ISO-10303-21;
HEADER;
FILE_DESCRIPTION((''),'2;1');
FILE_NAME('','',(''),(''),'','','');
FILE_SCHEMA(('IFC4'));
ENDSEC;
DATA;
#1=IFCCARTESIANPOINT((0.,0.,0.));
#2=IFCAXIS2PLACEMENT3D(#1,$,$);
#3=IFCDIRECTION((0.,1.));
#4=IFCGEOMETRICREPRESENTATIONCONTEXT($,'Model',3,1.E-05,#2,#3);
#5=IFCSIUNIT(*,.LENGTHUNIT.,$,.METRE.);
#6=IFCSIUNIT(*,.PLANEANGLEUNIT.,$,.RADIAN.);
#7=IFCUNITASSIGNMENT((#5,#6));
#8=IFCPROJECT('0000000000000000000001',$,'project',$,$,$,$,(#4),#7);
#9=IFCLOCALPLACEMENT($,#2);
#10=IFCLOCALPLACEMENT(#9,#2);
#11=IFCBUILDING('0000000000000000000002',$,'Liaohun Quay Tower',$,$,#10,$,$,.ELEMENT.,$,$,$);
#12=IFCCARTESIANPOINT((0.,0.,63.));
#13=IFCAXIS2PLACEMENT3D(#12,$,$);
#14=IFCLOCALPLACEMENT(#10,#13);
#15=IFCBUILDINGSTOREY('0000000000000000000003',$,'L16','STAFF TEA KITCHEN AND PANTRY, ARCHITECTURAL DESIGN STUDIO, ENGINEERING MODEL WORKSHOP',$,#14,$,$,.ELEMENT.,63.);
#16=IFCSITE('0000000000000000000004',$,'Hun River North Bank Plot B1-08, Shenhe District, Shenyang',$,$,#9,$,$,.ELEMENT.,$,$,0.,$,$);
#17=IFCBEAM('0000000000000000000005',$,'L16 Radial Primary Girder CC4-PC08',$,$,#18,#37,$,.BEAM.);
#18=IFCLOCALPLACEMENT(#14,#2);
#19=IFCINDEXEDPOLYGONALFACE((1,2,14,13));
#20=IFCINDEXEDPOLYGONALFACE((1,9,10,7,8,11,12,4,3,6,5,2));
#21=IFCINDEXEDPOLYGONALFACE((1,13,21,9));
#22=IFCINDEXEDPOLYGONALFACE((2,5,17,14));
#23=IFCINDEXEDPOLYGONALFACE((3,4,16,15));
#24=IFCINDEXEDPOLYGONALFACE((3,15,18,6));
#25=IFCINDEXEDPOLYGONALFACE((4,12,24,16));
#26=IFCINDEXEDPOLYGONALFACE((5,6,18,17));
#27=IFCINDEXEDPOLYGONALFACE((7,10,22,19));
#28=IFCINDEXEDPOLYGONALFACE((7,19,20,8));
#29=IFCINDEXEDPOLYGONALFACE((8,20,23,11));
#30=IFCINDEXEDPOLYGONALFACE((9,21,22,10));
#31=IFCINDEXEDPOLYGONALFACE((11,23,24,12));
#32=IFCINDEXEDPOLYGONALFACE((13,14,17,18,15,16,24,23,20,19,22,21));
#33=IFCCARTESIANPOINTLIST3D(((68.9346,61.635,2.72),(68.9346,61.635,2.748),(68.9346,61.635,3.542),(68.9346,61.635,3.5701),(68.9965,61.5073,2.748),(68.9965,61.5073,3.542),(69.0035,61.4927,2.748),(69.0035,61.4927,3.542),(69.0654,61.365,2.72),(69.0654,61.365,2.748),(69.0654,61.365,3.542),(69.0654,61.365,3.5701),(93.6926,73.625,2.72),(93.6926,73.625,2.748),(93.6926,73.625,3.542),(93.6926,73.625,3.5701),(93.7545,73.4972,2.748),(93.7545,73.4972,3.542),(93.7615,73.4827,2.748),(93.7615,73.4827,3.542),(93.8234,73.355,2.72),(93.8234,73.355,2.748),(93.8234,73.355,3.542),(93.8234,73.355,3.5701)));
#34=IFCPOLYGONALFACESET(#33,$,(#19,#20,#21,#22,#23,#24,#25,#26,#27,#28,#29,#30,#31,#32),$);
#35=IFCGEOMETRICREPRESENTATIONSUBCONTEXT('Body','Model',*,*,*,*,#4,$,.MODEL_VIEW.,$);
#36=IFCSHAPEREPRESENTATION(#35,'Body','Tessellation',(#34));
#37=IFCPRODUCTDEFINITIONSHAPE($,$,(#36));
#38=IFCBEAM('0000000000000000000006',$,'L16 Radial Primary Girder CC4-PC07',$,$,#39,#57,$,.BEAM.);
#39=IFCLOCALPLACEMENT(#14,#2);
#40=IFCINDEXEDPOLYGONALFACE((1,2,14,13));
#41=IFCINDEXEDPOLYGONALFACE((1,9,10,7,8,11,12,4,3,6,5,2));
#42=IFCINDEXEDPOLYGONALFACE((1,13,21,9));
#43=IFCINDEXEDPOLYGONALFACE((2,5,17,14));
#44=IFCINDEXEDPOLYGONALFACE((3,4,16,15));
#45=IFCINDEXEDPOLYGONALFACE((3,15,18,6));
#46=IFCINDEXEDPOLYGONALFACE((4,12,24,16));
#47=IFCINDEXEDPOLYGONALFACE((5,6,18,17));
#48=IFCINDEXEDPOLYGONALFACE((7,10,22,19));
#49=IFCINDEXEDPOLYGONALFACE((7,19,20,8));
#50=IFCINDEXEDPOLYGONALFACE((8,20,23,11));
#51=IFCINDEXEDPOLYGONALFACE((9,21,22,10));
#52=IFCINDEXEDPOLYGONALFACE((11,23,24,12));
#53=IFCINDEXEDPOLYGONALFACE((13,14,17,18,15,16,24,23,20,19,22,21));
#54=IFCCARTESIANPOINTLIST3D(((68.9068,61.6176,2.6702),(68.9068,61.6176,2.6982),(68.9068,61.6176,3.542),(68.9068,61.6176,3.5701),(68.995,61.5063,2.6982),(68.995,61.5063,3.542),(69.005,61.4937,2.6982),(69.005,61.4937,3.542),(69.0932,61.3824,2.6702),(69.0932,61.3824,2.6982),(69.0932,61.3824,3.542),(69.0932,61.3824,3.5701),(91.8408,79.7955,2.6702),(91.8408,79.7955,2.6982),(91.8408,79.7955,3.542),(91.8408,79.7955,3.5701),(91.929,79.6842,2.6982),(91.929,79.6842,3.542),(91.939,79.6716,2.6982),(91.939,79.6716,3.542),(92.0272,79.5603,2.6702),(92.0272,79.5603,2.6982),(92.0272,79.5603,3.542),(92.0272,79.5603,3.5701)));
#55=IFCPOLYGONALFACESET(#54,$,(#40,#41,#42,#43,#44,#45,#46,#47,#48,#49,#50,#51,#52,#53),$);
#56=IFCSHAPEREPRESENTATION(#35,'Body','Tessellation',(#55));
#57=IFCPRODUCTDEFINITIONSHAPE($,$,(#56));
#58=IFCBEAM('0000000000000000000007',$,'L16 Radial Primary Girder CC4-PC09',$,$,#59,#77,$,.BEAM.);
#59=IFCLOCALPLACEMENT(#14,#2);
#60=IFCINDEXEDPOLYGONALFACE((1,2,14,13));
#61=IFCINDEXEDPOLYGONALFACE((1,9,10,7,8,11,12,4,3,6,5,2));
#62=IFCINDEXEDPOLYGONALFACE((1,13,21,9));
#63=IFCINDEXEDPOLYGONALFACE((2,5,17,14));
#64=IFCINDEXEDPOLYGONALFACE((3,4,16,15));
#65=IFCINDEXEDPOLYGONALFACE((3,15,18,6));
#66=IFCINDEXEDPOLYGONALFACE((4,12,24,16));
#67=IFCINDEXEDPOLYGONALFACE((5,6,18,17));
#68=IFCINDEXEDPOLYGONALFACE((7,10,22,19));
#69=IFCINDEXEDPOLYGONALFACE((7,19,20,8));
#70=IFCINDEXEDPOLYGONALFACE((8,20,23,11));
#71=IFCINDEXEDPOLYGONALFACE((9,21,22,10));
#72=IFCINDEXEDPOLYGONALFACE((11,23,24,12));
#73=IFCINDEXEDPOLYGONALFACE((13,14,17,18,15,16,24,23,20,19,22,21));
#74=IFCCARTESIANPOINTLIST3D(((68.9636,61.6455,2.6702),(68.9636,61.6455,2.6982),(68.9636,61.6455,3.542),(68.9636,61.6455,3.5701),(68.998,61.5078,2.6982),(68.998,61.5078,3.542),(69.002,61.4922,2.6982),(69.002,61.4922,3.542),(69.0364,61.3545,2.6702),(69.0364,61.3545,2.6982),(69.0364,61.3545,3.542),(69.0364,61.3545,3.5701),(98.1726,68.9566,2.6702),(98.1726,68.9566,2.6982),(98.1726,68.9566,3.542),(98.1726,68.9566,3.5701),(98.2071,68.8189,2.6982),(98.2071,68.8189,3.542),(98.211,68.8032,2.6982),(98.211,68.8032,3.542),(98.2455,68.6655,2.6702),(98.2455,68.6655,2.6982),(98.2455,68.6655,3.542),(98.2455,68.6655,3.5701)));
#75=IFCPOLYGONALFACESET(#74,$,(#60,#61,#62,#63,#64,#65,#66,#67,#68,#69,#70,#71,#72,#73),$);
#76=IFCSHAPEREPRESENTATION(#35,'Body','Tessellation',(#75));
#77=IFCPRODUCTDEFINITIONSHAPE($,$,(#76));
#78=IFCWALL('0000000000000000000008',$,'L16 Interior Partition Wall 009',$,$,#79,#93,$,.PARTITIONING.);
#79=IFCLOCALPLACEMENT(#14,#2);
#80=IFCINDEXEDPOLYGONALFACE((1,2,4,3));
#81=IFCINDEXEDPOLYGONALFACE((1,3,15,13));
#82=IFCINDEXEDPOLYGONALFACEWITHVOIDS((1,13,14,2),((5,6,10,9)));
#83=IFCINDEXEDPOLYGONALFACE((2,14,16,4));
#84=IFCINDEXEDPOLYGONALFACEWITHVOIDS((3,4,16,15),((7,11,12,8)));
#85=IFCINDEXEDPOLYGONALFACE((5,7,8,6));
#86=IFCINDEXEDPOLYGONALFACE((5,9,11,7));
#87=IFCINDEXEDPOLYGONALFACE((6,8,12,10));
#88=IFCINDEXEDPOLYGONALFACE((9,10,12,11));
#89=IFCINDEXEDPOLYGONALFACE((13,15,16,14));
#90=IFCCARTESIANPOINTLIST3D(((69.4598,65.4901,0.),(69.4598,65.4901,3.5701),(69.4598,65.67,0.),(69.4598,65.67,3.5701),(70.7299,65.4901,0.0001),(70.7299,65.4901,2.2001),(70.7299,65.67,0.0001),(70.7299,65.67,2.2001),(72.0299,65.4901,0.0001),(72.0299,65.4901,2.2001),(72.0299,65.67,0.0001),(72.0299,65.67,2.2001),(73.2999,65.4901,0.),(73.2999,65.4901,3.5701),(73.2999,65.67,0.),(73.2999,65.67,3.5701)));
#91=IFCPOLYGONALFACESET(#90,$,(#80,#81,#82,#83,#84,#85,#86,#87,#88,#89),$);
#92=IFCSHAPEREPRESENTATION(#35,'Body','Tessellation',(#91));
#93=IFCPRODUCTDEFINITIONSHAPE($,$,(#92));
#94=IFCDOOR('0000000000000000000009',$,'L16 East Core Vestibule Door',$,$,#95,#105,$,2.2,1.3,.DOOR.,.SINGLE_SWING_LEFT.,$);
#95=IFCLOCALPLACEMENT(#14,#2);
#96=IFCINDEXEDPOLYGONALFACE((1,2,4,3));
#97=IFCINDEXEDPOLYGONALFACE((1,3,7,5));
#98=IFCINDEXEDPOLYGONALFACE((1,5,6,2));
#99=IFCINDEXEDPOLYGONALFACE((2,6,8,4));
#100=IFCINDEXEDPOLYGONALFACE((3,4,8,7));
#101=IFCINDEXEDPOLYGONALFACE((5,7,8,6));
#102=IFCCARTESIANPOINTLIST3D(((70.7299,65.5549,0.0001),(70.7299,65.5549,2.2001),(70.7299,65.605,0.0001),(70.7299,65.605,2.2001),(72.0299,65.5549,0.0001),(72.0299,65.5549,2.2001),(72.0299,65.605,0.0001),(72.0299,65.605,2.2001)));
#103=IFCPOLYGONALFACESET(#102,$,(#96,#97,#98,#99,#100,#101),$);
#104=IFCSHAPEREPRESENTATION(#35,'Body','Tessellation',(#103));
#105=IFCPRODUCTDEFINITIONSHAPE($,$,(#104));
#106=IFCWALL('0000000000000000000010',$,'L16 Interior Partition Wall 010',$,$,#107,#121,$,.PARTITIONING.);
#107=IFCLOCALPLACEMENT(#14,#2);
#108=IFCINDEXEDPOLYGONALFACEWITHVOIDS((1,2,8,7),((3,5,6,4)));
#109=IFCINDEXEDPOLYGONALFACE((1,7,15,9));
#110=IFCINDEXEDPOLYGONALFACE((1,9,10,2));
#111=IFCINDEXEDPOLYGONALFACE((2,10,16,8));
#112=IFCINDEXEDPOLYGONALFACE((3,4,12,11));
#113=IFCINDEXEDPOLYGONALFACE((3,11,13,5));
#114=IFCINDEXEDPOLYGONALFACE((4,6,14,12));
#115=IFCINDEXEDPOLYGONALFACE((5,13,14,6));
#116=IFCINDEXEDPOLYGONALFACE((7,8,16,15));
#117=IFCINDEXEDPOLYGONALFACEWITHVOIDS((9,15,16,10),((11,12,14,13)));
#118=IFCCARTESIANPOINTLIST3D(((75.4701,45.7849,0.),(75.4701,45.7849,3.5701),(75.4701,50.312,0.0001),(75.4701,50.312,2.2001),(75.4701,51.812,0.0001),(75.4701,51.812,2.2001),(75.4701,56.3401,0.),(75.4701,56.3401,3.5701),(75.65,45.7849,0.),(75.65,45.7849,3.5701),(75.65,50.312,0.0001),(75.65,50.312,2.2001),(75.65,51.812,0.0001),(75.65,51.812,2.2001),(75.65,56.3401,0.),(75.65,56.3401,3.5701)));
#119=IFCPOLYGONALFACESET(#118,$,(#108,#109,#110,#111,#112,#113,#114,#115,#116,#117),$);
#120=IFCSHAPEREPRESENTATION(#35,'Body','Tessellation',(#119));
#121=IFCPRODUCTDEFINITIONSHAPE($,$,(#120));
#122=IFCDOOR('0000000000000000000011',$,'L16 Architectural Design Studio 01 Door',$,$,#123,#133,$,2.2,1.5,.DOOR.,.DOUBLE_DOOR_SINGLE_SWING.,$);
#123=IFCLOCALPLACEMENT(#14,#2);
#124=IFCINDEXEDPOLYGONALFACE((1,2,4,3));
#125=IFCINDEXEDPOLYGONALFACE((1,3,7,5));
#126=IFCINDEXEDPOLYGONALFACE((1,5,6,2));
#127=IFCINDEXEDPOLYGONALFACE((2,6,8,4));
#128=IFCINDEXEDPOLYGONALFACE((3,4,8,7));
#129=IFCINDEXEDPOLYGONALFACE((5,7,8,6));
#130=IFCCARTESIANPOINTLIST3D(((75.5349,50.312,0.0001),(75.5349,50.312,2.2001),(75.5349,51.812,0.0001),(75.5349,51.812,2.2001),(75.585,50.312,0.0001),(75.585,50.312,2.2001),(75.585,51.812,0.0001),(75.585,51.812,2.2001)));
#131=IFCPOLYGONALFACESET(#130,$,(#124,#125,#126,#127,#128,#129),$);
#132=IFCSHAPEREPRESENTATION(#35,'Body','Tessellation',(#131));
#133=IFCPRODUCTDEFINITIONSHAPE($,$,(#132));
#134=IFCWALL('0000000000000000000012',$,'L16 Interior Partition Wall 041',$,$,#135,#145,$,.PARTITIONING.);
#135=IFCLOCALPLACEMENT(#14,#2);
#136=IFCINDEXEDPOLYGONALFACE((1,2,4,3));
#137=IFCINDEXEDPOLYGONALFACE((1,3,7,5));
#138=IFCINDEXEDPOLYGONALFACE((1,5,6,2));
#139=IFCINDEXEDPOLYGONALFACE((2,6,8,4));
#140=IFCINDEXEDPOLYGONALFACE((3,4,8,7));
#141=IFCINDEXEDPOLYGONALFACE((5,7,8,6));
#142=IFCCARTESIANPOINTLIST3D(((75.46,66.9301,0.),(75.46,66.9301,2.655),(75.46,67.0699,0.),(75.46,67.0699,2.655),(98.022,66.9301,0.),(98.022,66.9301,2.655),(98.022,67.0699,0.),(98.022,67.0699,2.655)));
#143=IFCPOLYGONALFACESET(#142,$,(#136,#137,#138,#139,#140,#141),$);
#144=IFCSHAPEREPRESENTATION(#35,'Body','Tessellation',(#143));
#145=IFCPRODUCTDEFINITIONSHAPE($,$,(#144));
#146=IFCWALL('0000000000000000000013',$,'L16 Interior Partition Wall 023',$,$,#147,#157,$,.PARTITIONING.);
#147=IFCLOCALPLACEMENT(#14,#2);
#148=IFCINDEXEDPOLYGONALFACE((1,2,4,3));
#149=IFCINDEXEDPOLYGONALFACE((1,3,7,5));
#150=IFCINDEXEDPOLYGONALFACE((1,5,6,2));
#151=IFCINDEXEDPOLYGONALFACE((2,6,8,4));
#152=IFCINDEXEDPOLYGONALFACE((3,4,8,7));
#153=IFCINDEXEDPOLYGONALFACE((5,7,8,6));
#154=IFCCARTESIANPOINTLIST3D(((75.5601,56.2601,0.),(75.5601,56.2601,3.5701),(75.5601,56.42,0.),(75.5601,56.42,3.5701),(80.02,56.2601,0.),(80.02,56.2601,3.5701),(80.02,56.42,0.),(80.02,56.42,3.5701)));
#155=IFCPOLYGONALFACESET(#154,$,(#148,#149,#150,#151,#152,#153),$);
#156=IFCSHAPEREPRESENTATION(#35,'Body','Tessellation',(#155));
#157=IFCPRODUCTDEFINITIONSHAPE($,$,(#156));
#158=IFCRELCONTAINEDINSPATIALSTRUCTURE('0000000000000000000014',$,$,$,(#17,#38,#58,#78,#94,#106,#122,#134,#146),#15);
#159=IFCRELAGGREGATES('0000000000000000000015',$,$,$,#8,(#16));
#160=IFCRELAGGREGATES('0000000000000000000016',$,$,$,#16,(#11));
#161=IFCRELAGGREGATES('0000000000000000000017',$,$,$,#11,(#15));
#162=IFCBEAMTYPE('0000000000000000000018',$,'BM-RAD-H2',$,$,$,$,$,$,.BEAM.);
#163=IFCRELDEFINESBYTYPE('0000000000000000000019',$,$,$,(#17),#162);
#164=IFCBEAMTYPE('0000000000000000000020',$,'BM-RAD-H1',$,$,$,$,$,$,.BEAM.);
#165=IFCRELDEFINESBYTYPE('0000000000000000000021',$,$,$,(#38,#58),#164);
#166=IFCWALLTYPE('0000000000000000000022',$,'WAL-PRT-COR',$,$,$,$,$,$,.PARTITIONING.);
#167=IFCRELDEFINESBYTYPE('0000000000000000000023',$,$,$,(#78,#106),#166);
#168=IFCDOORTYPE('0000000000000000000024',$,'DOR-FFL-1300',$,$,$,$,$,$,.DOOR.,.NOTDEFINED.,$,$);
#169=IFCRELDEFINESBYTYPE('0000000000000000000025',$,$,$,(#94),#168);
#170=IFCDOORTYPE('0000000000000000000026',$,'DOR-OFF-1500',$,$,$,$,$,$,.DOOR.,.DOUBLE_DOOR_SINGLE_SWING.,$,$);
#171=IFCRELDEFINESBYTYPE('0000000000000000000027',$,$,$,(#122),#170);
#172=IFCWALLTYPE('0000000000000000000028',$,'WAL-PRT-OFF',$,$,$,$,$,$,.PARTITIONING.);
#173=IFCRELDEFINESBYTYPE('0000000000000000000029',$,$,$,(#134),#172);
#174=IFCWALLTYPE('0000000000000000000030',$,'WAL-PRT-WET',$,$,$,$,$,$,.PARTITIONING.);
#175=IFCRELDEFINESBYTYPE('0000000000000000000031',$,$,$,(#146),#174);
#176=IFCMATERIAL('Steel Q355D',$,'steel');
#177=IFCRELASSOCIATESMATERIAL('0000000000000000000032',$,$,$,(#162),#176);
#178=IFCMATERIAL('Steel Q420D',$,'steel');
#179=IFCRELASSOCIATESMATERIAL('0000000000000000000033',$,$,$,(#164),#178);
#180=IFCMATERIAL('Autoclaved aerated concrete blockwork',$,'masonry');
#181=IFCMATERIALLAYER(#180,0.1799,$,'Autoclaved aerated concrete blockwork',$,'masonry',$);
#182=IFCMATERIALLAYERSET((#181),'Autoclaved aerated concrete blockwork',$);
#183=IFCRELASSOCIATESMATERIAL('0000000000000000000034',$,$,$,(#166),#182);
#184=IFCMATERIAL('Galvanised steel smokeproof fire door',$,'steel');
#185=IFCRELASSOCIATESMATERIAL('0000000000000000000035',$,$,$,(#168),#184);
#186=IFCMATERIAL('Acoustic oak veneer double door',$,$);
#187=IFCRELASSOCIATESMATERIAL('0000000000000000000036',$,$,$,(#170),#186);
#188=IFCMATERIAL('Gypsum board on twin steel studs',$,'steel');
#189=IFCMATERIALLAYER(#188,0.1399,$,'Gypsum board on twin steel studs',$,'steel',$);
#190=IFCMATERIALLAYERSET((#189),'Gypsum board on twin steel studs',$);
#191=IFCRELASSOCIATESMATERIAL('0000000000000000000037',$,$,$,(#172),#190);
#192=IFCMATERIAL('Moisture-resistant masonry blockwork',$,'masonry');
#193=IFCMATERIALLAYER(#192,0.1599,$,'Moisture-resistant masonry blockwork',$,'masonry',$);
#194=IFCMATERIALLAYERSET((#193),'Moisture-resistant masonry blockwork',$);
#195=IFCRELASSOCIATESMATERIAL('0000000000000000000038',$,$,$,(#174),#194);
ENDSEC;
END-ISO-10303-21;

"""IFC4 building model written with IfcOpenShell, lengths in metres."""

from ifc_helpers import new_model, si_unit, direction, frame, frame_2d, origin, origin_2d, place, context, subcontext, project, spatial, rectangle, i_section, extrude, source, transform, mapped, material, layer, layer_set, material_profile, profile_set, type_object, element, fill, save


model = new_model("IFC4")

# Units and contexts
model_context = context("Model", 3, precision=1e-05, world=origin(), true_north=direction((0.0, 1.0)))
body_context = subcontext(model_context, "Body", "Model", "MODEL_VIEW")
ifc_project = project(units=[si_unit("LENGTHUNIT", "METRE"), si_unit("PLANEANGLEUNIT", "RADIAN")], contexts=[model_context])

# Site, building, storey
site_placement = place(None, origin())
site = spatial("IfcSite", under=ifc_project, at=site_placement, Name="Hun River North Bank Plot B1-08, Shenhe District, Shenyang", CompositionType="ELEMENT", RefElevation=0.0)
building_placement = place(site_placement, origin())
building = spatial("IfcBuilding", under=site, at=building_placement, Name="Liaohun Quay Tower", CompositionType="ELEMENT")
storey_placement = place(building_placement, frame((0.0, 0.0, 63.0)))
storey = spatial("IfcBuildingStorey", under=building, at=storey_placement, Name="L16", Description="STAFF TEA KITCHEN AND PANTRY, ARCHITECTURAL DESIGN STUDIO, ENGINEERING MODEL WORKSHOP", CompositionType="ELEMENT", Elevation=63.0)

# Beams
ifc_material_1 = material(Name="Steel Q355D", Category="steel")
ifc_material_profile_1 = material_profile(ifc_material_1, i_section(OverallWidth=0.3, OverallDepth=0.8501, WebThickness=0.0161, FlangeThickness=0.0281, at=origin_2d()), Name="HN850x300x16x28")
ifc_profile_set_1 = profile_set([ifc_material_profile_1], Name="Steel Q355D")
beam_type_1 = type_object("IfcBeamType", Name="BM-RAD-H2", PredefinedType="BEAM", material=ifc_profile_set_1)
shared_shape_1 = source(origin(), body_context, "Body", "SweptSolid", [
    extrude(i_section(OverallWidth=0.3, OverallDepth=0.8501, WebThickness=0.0161, FlangeThickness=0.0281, at=origin_2d()), origin(), (0.0, 0.0, 1.0), 27.5085),
])
beam_1_placement = place(storey_placement, frame((69.0, 61.5, 3.145), z_axis=(0.900013, 0.435864, 0.0), x_axis=(-0.435864, 0.900013, 0.0)))
element("IfcBeam", 1, at=beam_1_placement, inside=storey, type_object=beam_type_1, Name="L16 Radial Primary Girder CC4-PC08", PredefinedType="BEAM", context=body_context, shape_type="MappedRepresentation", body=[
    mapped(shared_shape_1, transform((0.0, 0.0, 0.0), x_axis=(1.0, 0.0, 0.0), y_axis=(0.0, 1.0, 0.0), z_axis=(0.0, 0.0, 1.0), scale=1.0)),
])
ifc_material_2 = material(Name="Steel Q420D", Category="steel")
ifc_material_profile_2 = material_profile(ifc_material_2, i_section(OverallWidth=0.3, OverallDepth=0.8999, WebThickness=0.0161, FlangeThickness=0.0281, at=origin_2d()), Name="HN900x300x16x28")
ifc_profile_set_2 = profile_set([ifc_material_profile_2], Name="Steel Q420D")
beam_type_2 = type_object("IfcBeamType", Name="BM-RAD-H1", PredefinedType="BEAM", material=ifc_profile_set_2)
shared_shape_2 = source(origin(), body_context, "Body", "SweptSolid", [
    extrude(i_section(OverallWidth=0.3, OverallDepth=0.8999, WebThickness=0.0161, FlangeThickness=0.0281, at=origin_2d()), origin(), (0.0, 0.0, 1.0), 29.2644),
])
beam_2_placement = place(storey_placement, frame((69.0, 61.5, 3.1201), z_axis=(0.783683, 0.621161, 0.0), x_axis=(-0.621161, 0.783683, 0.0)))
element("IfcBeam", 2, at=beam_2_placement, inside=storey, type_object=beam_type_2, Name="L16 Radial Primary Girder CC4-PC07", PredefinedType="BEAM", context=body_context, shape_type="MappedRepresentation", body=[
    mapped(shared_shape_2, transform((0.0, 0.0, 0.0), x_axis=(1.0, 0.0, 0.0), y_axis=(0.0, 1.0, 0.0), z_axis=(0.0, 0.0, 1.0), scale=1.0)),
])
shared_shape_3 = source(origin(), body_context, "Body", "SweptSolid", [
    extrude(i_section(OverallWidth=0.3, OverallDepth=0.8999, WebThickness=0.0161, FlangeThickness=0.0281, at=origin_2d()), origin(), (0.0, 0.0, 1.0), 30.1101),
])
beam_3_placement = place(storey_placement, frame((69.0, 61.5, 3.1201), z_axis=(0.970074, 0.24281, 0.0), x_axis=(-0.24281, 0.970074, 0.0)))
element("IfcBeam", 3, at=beam_3_placement, inside=storey, type_object=beam_type_2, Name="L16 Radial Primary Girder CC4-PC09", PredefinedType="BEAM", context=body_context, shape_type="MappedRepresentation", body=[
    mapped(shared_shape_3, transform((0.0, 0.0, 0.0), x_axis=(1.0, 0.0, 0.0), y_axis=(0.0, 1.0, 0.0), z_axis=(0.0, 0.0, 1.0), scale=1.0)),
])

# Walls, openings, doors
ifc_material_3 = material(Name="Autoclaved aerated concrete blockwork", Category="masonry")
ifc_layer_1 = layer(ifc_material_3, 0.1799, Name="Autoclaved aerated concrete blockwork", Category="masonry")
ifc_layer_set_1 = layer_set([ifc_layer_1], Name="Autoclaved aerated concrete blockwork")
wall_type_1 = type_object("IfcWallType", Name="WAL-PRT-COR", PredefinedType="PARTITIONING", material=ifc_layer_set_1)
wall_1_placement = place(storey_placement, frame((69.46, 65.5801, 0.0), z_axis=(0.0, 0.0, 1.0), x_axis=(1.0, 0.0, 0.0)))
wall_1 = element("IfcWall", 4, at=wall_1_placement, inside=storey, type_object=wall_type_1, Name="L16 Interior Partition Wall 009", PredefinedType="PARTITIONING", context=body_context, shape_type="SweptSolid", body=[
    extrude(rectangle(XDim=3.8401, YDim=0.1799, at=frame_2d((1.9199, 0.0))), origin(), (0.0, 0.0, 1.0), 3.5701),
])
shared_shape_4 = source(origin(), body_context, "Body", "SweptSolid", [
    extrude(rectangle(XDim=1.3, YDim=2.2, at=frame_2d((0.6499, 1.1001))), frame((0.0, 0.0999, 0.0), z_axis=(0.0, -1.0, 0.0), x_axis=(1.0, 0.0, 0.0)), (0.0, 0.0, 1.0), 0.2),
])
opening_1_placement = place(wall_1_placement, frame((1.27, 0.0, 0.0)))
opening_1 = element("IfcOpeningElement", 5, at=opening_1_placement, cuts=wall_1, PredefinedType="OPENING", context=body_context, shape_type="MappedRepresentation", body=[
    mapped(shared_shape_4, transform((0.0, 0.0, 0.0), x_axis=(1.0, 0.0, 0.0), y_axis=(0.0, 1.0, 0.0), z_axis=(0.0, 0.0, 1.0), scale=1.0)),
])
ifc_material_4 = material(Name="Galvanised steel smokeproof fire door", Category="steel")
door_type_1 = type_object("IfcDoorType", Name="DOR-FFL-1300", OperationType="NOTDEFINED", PredefinedType="DOOR", material=ifc_material_4)
shared_shape_5 = source(origin(), body_context, "Body", "SweptSolid", [
    extrude(rectangle(XDim=1.3, YDim=2.2, at=frame_2d((0.6499, 1.1001))), frame((0.0, 0.0249, 0.0), z_axis=(0.0, -1.0, 0.0), x_axis=(1.0, 0.0, 0.0)), (0.0, 0.0, 1.0), 0.05),
])
door_1_placement = place(opening_1_placement, origin())
door_1 = element("IfcDoor", 6, at=door_1_placement, inside=storey, type_object=door_type_1, Name="L16 East Core Vestibule Door", OperationType="SINGLE_SWING_LEFT", OverallHeight=2.2, OverallWidth=1.3, PredefinedType="DOOR", context=body_context, shape_type="MappedRepresentation", body=[
    mapped(shared_shape_5, transform((0.0, 0.0, 0.0), x_axis=(1.0, 0.0, 0.0), y_axis=(0.0, 1.0, 0.0), z_axis=(0.0, 0.0, 1.0), scale=1.0)),
])
fill(opening_1, door_1)
wall_2_placement = place(storey_placement, frame((75.5601, 56.3401, 0.0), z_axis=(0.0, 0.0, 1.0), x_axis=(0.0, -1.0, 0.0)))
wall_2 = element("IfcWall", 7, at=wall_2_placement, inside=storey, type_object=wall_type_1, Name="L16 Interior Partition Wall 010", PredefinedType="PARTITIONING", context=body_context, shape_type="SweptSolid", body=[
    extrude(rectangle(XDim=10.5552, YDim=0.1799, at=frame_2d((5.2776, 0.0))), origin(), (0.0, 0.0, 1.0), 3.5701),
])
shared_shape_6 = source(origin(), body_context, "Body", "SweptSolid", [
    extrude(rectangle(XDim=1.5, YDim=2.2, at=frame_2d((0.75, 1.1001))), frame((0.0, 0.0999, 0.0), z_axis=(0.0, -1.0, 0.0), x_axis=(1.0, 0.0, 0.0)), (0.0, 0.0, 1.0), 0.2),
])
opening_2_placement = place(wall_2_placement, frame((4.5281, 0.0, 0.0)))
opening_2 = element("IfcOpeningElement", 8, at=opening_2_placement, cuts=wall_2, PredefinedType="OPENING", context=body_context, shape_type="MappedRepresentation", body=[
    mapped(shared_shape_6, transform((0.0, 0.0, 0.0), x_axis=(1.0, 0.0, 0.0), y_axis=(0.0, 1.0, 0.0), z_axis=(0.0, 0.0, 1.0), scale=1.0)),
])
ifc_material_5 = material(Name="Acoustic oak veneer double door")
door_type_2 = type_object("IfcDoorType", Name="DOR-OFF-1500", OperationType="DOUBLE_DOOR_SINGLE_SWING", PredefinedType="DOOR", material=ifc_material_5)
shared_shape_7 = source(origin(), body_context, "Body", "SweptSolid", [
    extrude(rectangle(XDim=1.5, YDim=2.2, at=frame_2d((0.75, 1.1001))), frame((0.0, 0.0249, 0.0), z_axis=(0.0, -1.0, 0.0), x_axis=(1.0, 0.0, 0.0)), (0.0, 0.0, 1.0), 0.05),
])
door_2_placement = place(opening_2_placement, origin())
door_2 = element("IfcDoor", 9, at=door_2_placement, inside=storey, type_object=door_type_2, Name="L16 Architectural Design Studio 01 Door", OperationType="DOUBLE_DOOR_SINGLE_SWING", OverallHeight=2.2, OverallWidth=1.5, PredefinedType="DOOR", context=body_context, shape_type="MappedRepresentation", body=[
    mapped(shared_shape_7, transform((0.0, 0.0, 0.0), x_axis=(1.0, 0.0, 0.0), y_axis=(0.0, 1.0, 0.0), z_axis=(0.0, 0.0, 1.0), scale=1.0)),
])
fill(opening_2, door_2)

# Wall
ifc_material_6 = material(Name="Gypsum board on twin steel studs", Category="steel")
ifc_layer_2 = layer(ifc_material_6, 0.1399, Name="Gypsum board on twin steel studs", Category="steel")
ifc_layer_set_2 = layer_set([ifc_layer_2], Name="Gypsum board on twin steel studs")
wall_type_2 = type_object("IfcWallType", Name="WAL-PRT-OFF", PredefinedType="PARTITIONING", material=ifc_layer_set_2)
wall_3_placement = place(storey_placement, frame((75.46, 67.0, 0.0), z_axis=(0.0, 0.0, 1.0), x_axis=(1.0, 0.0, 0.0)))
element("IfcWall", 10, at=wall_3_placement, inside=storey, type_object=wall_type_2, Name="L16 Interior Partition Wall 041", PredefinedType="PARTITIONING", context=body_context, shape_type="SweptSolid", body=[
    extrude(rectangle(XDim=22.562, YDim=0.1399, at=frame_2d((11.281, 0.0))), origin(), (0.0, 0.0, 1.0), 2.655),
])

# Shared definitions
ifc_material_7 = material(Name="Moisture-resistant masonry blockwork", Category="masonry")
ifc_layer_3 = layer(ifc_material_7, 0.1599, Name="Moisture-resistant masonry blockwork", Category="masonry")
ifc_layer_set_3 = layer_set([ifc_layer_3], Name="Moisture-resistant masonry blockwork")
wall_type_3 = type_object("IfcWallType", Name="WAL-PRT-WET", PredefinedType="PARTITIONING", material=ifc_layer_set_3)

# Wall
for number, where, z_axis, x_axis, name in (
    (11, (75.5601, 56.3401, 0.0), (0.0, 0.0, 1.0), (1.0, 0.0, 0.0), "L16 Interior Partition Wall 023"),
):
    element("IfcWall", number, at=place(storey_placement, frame(where, z_axis=z_axis, x_axis=x_axis)), inside=storey, type_object=wall_type_3, Name=name, PredefinedType="PARTITIONING", context=body_context, shape_type="SweptSolid", body=[
        extrude(rectangle(XDim=4.46, YDim=0.1599, at=frame_2d((2.23, 0.0))), origin(), (0.0, 0.0, 1.0), 3.5701),
    ])

save(model, "model.ifc")
